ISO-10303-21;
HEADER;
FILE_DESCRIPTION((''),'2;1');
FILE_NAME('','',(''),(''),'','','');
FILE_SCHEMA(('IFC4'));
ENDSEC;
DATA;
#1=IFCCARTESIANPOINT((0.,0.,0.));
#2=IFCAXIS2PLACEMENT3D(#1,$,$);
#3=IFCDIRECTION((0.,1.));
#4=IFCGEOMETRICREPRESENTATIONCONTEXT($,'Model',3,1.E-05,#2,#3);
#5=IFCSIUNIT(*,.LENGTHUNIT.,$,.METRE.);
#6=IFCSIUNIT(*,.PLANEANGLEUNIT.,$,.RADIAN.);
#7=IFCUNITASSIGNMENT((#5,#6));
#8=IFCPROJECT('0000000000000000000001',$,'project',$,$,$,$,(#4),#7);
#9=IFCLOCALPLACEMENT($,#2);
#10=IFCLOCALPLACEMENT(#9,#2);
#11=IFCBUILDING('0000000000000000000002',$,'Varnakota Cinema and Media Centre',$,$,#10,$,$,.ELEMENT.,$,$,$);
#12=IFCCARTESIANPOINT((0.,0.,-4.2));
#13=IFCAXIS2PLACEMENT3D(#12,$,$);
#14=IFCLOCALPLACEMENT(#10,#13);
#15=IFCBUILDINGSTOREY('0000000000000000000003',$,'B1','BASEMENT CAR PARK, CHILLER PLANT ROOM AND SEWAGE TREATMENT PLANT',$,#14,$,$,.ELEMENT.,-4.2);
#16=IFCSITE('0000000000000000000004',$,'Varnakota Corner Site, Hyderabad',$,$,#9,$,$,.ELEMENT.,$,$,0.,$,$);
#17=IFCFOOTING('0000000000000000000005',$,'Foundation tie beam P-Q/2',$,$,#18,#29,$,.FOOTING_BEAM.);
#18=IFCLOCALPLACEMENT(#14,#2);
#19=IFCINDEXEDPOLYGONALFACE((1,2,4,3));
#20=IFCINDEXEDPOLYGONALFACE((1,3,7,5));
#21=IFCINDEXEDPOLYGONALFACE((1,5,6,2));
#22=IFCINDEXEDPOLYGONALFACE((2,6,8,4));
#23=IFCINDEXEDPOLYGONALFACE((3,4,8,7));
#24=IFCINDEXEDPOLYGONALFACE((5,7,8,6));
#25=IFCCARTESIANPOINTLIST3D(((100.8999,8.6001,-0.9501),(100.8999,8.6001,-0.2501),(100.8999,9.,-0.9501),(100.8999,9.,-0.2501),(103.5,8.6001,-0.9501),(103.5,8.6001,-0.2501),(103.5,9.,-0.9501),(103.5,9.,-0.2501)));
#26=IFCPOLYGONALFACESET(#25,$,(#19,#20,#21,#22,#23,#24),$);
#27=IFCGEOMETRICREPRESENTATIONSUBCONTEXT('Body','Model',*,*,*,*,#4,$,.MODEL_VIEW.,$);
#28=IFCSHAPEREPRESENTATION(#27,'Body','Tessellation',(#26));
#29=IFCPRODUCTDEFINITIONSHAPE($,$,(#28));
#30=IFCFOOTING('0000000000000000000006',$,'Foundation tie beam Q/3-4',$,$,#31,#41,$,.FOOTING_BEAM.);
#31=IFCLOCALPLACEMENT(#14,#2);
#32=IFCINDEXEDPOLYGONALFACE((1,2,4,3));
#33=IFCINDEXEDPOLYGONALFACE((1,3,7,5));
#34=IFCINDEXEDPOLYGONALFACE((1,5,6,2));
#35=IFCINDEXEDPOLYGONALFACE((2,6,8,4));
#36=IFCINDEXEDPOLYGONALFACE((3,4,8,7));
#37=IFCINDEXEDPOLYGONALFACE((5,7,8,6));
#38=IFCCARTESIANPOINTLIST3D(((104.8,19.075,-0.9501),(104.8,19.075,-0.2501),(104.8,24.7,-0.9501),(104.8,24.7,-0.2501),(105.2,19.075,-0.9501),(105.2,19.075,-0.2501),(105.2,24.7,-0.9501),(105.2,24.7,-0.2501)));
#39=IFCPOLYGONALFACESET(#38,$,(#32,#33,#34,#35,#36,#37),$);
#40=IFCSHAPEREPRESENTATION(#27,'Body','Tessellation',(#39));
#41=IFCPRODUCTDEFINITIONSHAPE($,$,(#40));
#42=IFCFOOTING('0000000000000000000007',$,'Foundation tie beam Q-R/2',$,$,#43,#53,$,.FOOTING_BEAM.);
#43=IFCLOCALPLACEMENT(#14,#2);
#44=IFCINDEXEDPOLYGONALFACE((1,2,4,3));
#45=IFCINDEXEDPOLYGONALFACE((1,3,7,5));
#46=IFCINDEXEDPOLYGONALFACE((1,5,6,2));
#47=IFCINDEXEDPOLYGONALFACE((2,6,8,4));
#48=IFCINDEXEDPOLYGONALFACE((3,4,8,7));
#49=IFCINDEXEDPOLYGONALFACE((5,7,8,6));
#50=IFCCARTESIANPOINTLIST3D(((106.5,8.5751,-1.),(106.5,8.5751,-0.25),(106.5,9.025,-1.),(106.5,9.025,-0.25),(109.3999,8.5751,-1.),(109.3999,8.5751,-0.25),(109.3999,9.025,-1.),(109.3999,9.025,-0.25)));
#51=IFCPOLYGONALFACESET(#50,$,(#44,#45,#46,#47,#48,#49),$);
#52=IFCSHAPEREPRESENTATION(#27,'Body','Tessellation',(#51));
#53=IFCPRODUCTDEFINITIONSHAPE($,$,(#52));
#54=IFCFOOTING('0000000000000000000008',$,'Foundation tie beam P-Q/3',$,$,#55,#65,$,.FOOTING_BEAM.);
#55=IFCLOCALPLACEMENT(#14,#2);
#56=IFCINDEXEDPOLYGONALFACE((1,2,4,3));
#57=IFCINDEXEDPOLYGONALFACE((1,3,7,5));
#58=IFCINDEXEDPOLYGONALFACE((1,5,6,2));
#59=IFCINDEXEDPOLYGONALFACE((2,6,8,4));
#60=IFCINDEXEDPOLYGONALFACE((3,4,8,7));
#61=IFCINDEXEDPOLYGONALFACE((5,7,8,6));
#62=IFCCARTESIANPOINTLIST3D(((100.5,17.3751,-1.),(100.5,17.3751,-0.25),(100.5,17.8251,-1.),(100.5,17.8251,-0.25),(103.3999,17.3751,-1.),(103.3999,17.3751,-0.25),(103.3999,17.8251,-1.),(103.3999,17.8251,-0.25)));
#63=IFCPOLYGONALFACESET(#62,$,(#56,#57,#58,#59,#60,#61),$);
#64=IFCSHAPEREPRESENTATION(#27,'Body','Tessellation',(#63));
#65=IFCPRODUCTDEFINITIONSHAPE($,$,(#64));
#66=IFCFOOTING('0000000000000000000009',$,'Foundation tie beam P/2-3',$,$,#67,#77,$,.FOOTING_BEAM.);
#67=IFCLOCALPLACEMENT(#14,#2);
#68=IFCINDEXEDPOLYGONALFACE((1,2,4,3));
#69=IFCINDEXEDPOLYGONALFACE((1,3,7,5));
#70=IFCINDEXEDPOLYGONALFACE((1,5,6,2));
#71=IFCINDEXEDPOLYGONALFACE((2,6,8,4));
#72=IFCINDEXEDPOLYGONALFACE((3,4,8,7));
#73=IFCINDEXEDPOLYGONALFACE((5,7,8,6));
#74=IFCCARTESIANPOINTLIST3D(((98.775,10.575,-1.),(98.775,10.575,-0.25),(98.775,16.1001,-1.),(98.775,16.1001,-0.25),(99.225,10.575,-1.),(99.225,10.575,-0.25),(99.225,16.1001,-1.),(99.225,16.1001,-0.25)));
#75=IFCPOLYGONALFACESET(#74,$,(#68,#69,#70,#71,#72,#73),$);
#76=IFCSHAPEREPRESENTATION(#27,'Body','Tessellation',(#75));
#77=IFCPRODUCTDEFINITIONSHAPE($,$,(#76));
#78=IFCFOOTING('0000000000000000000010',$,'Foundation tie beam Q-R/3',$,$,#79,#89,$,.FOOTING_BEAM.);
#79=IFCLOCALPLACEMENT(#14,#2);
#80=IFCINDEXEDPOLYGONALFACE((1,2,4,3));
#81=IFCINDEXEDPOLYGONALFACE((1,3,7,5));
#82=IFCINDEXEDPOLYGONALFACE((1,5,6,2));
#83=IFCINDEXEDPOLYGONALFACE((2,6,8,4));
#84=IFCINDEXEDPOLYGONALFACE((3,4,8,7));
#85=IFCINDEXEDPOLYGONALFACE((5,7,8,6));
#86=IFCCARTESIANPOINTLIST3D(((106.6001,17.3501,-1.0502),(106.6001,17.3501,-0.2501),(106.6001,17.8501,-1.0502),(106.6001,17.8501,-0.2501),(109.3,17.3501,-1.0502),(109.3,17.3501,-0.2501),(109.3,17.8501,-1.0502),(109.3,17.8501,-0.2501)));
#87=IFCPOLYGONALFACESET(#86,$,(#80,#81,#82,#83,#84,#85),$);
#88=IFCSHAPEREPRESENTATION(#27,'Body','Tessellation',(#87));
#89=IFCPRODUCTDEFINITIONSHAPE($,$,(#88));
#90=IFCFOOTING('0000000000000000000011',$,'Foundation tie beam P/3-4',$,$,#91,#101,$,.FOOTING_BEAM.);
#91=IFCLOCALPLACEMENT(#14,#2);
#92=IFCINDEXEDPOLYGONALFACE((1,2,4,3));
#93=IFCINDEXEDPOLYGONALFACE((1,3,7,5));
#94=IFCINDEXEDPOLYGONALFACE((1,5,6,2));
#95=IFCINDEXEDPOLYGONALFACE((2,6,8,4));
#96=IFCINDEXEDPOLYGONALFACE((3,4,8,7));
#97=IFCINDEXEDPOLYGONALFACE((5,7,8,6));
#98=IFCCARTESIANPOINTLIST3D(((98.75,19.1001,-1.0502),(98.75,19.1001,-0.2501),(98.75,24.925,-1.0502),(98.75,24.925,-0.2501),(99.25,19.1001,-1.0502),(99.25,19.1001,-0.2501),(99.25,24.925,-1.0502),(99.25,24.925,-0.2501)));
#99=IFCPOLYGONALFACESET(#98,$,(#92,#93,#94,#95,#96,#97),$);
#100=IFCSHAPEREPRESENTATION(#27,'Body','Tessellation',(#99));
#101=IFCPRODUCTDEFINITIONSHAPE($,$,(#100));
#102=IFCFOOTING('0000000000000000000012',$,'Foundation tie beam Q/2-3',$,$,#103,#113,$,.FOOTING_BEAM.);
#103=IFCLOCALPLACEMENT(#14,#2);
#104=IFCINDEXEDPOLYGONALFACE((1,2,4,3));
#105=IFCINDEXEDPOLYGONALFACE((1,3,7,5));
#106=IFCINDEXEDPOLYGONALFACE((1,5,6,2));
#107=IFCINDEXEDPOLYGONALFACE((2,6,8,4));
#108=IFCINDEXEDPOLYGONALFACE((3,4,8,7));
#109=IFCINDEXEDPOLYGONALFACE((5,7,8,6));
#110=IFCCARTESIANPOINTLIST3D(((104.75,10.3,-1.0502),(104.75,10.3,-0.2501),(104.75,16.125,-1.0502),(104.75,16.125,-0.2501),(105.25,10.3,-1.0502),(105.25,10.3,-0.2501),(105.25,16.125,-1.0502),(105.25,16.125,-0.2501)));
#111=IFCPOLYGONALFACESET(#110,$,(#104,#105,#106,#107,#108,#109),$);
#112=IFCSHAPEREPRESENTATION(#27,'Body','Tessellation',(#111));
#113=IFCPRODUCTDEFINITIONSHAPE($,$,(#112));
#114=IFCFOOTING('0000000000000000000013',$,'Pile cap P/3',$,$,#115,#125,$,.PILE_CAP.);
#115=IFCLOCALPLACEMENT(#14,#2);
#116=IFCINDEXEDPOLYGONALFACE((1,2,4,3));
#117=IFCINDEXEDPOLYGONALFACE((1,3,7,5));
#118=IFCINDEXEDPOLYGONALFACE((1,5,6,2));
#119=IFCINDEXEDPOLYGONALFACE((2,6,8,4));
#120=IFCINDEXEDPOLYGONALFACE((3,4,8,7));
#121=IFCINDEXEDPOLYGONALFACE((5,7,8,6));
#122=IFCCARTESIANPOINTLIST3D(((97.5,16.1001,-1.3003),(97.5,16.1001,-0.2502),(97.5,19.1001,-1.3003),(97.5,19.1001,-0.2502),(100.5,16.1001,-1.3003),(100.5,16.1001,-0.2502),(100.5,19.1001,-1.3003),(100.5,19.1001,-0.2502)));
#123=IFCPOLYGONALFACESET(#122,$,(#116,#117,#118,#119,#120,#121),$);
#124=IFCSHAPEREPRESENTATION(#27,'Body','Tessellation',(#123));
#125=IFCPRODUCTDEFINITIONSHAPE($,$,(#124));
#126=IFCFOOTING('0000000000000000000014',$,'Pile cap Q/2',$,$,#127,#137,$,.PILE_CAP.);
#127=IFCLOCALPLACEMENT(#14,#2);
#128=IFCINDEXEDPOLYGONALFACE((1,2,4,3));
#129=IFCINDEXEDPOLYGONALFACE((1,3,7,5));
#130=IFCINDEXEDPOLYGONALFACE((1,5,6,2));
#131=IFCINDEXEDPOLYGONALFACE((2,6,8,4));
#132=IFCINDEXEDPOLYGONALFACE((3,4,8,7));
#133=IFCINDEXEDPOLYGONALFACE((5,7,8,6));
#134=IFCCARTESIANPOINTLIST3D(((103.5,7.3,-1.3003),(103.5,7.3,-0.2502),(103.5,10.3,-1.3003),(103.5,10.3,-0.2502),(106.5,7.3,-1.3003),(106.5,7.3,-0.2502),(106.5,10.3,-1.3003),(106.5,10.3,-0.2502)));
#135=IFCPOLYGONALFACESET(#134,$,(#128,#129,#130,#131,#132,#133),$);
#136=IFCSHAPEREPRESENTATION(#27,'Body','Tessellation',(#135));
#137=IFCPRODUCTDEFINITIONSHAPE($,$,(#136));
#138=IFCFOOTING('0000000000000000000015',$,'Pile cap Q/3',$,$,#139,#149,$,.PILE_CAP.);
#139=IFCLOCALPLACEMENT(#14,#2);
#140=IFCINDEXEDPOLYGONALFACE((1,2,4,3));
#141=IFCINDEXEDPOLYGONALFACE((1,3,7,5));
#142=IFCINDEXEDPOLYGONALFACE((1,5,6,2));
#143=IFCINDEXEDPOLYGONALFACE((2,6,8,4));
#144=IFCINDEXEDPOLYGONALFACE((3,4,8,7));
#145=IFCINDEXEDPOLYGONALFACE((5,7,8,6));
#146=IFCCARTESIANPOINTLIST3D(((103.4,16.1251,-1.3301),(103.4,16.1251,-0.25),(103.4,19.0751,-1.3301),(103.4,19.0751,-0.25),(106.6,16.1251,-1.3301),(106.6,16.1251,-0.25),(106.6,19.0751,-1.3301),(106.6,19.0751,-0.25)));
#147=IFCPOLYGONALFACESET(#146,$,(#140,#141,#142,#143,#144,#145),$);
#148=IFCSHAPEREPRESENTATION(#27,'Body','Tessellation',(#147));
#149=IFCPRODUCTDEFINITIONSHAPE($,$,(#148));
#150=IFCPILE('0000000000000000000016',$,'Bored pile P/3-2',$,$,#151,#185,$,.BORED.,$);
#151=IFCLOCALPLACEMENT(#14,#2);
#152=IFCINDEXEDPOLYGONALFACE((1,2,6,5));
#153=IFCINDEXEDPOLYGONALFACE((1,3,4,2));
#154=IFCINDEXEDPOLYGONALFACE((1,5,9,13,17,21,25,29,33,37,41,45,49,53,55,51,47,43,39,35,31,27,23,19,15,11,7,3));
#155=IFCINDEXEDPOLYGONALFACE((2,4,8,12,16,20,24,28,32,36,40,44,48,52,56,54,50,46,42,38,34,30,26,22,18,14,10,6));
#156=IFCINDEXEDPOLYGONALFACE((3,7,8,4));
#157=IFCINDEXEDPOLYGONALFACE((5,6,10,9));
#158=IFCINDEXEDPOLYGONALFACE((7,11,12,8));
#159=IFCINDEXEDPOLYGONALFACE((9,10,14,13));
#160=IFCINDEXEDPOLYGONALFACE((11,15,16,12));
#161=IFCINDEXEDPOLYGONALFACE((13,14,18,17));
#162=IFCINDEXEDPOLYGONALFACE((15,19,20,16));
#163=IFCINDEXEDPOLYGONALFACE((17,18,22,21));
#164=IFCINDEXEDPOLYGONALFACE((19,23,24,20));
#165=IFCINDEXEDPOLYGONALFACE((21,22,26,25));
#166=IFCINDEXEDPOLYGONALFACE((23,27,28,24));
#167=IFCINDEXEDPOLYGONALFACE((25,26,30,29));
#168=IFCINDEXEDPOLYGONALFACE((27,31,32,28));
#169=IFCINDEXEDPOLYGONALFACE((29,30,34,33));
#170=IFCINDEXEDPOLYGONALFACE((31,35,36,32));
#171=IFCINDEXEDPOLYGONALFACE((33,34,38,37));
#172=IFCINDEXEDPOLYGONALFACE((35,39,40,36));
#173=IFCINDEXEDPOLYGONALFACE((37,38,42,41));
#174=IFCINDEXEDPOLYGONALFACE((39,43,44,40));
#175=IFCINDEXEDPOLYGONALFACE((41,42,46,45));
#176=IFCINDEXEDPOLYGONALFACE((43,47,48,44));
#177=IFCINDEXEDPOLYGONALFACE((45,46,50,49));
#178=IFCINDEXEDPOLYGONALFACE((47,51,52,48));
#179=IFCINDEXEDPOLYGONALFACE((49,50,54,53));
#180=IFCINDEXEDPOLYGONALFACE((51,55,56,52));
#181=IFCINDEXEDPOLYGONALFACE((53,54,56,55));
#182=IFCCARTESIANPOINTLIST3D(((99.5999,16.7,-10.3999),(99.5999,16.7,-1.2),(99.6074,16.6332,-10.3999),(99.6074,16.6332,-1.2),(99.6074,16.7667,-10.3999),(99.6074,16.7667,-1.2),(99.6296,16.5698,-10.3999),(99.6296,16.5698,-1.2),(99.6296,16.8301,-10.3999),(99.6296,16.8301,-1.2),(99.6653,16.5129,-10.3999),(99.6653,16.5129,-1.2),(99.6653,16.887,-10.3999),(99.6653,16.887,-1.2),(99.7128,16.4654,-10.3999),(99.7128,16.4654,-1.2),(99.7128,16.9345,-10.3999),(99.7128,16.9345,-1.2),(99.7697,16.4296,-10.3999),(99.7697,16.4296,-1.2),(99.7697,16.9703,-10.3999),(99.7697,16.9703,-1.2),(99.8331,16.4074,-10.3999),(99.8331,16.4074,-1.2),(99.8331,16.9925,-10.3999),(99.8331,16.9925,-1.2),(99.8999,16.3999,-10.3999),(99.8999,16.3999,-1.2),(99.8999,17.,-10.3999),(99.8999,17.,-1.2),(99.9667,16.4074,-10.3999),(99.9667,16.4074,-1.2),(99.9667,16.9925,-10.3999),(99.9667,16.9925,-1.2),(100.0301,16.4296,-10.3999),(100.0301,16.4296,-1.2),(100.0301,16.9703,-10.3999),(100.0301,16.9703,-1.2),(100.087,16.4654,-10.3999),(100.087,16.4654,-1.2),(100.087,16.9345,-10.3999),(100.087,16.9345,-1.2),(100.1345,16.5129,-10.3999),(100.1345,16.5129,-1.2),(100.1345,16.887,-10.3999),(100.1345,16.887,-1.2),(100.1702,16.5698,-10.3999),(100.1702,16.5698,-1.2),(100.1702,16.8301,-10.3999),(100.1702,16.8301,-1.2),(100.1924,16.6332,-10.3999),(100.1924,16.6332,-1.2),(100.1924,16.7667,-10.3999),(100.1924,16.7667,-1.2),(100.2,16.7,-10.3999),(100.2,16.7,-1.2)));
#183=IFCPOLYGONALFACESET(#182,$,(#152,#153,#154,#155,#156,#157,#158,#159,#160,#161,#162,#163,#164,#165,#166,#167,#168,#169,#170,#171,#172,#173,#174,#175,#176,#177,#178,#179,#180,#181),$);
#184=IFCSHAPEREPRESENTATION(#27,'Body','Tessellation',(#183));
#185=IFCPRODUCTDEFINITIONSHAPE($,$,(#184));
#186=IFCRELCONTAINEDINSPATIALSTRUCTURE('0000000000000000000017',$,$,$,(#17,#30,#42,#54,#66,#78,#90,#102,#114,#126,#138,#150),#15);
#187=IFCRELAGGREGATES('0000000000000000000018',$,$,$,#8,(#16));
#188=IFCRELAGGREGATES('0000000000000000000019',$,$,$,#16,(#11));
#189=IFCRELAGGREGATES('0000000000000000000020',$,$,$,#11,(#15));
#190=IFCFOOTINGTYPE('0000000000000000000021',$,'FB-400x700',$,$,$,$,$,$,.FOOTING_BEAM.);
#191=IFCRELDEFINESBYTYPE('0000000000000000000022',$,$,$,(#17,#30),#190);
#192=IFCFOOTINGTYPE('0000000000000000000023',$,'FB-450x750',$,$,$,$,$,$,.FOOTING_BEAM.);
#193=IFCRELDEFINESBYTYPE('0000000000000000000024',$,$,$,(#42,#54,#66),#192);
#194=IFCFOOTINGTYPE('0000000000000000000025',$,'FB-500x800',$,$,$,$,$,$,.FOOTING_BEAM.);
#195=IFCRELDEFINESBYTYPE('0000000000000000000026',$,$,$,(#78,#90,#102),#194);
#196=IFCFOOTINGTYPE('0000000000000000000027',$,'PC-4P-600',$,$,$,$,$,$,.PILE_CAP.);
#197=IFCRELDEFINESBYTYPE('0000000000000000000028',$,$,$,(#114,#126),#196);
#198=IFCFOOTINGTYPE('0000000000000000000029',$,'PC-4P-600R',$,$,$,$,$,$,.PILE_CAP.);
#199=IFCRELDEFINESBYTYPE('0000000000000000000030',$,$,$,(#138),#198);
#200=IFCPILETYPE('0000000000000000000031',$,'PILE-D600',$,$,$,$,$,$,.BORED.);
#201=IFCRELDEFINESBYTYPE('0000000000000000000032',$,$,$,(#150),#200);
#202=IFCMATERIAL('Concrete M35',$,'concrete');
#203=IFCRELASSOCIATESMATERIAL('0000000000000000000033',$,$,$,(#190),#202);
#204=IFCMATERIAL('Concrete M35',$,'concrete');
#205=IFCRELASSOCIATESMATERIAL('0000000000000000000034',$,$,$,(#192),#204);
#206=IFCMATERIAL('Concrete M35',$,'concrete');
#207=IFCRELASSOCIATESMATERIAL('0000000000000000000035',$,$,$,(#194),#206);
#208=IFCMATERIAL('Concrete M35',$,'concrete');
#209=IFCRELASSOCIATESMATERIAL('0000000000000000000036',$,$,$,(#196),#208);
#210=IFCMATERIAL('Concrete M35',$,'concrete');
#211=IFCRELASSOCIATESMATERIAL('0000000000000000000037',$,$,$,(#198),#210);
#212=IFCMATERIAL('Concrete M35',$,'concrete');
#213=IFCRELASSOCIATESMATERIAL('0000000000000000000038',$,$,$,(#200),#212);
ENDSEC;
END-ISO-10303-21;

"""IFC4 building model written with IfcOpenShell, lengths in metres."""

from ifc_helpers import new_model, si_unit, direction, frame, origin, origin_2d, place, context, subcontext, project, spatial, rectangle, circle, extrude, material, material_profile, profile_set, type_object, element, save


model = new_model("IFC4")

# Units and contexts
model_context = context("Model", 3, precision=1e-05, world=origin(), true_north=direction((0.0, 1.0)))
body_context = subcontext(model_context, "Body", "Model", "MODEL_VIEW")
ifc_project = project(units=[si_unit("LENGTHUNIT", "METRE"), si_unit("PLANEANGLEUNIT", "RADIAN")], contexts=[model_context])

# Site, building, storey
site_placement = place(None, origin())
site = spatial("IfcSite", under=ifc_project, at=site_placement, Name="Varnakota Corner Site, Hyderabad", CompositionType="ELEMENT", RefElevation=0.0)
building_placement = place(site_placement, origin())
building = spatial("IfcBuilding", under=site, at=building_placement, Name="Varnakota Cinema and Media Centre", CompositionType="ELEMENT")
storey_placement = place(building_placement, frame((0.0, 0.0, -4.2)))
storey = spatial("IfcBuildingStorey", under=building, at=storey_placement, Name="B1", Description="BASEMENT CAR PARK, CHILLER PLANT ROOM AND SEWAGE TREATMENT PLANT", CompositionType="ELEMENT", Elevation=-4.2)

# Footings
ifc_material_1 = material(Name="Concrete M35", Category="concrete")
ifc_material_profile_1 = material_profile(ifc_material_1, rectangle(XDim=0.3999, YDim=0.7, at=origin_2d()), Name="FB 400x700")
ifc_profile_set_1 = profile_set([ifc_material_profile_1], Name="Concrete M35")
footing_type_1 = type_object("IfcFootingType", Name="FB-400x700", PredefinedType="FOOTING_BEAM", material=ifc_profile_set_1)
footing_1_placement = place(storey_placement, frame((100.8999, 8.8, -0.6001), z_axis=(1.0, 0.0, 0.0), x_axis=(0.0, 1.0, 0.0)))
element("IfcFooting", 1, at=footing_1_placement, inside=storey, type_object=footing_type_1, Name="Foundation tie beam P-Q/2", PredefinedType="FOOTING_BEAM", context=body_context, shape_type="SweptSolid", body=[
    extrude(rectangle(XDim=0.3999, YDim=0.7, at=origin_2d()), origin(), (0.0, 0.0, 1.0), 2.6001),
])
footing_2_placement = place(storey_placement, frame((105.0, 19.075, -0.6001), z_axis=(0.0, 1.0, 0.0), x_axis=(-1.0, 0.0, 0.0)))
element("IfcFooting", 2, at=footing_2_placement, inside=storey, type_object=footing_type_1, Name="Foundation tie beam Q/3-4", PredefinedType="FOOTING_BEAM", context=body_context, shape_type="SweptSolid", body=[
    extrude(rectangle(XDim=0.3999, YDim=0.7, at=origin_2d()), origin(), (0.0, 0.0, 1.0), 5.625),
])
ifc_material_2 = material(Name="Concrete M35", Category="concrete")
ifc_material_profile_2 = material_profile(ifc_material_2, rectangle(XDim=0.45, YDim=0.75, at=origin_2d()), Name="FB 450x750")
ifc_profile_set_2 = profile_set([ifc_material_profile_2], Name="Concrete M35")
footing_type_2 = type_object("IfcFootingType", Name="FB-450x750", PredefinedType="FOOTING_BEAM", material=ifc_profile_set_2)
for number, where, z_axis, x_axis, name in (
    (3, (106.5, 8.8, -0.625), (1.0, 0.0, 0.0), (0.0, 1.0, 0.0), "Foundation tie beam Q-R/2"),
    (4, (100.5, 17.6001, -0.625), (1.0, 0.0, 0.0), (0.0, 1.0, 0.0), "Foundation tie beam P-Q/3"),
):
    element("IfcFooting", number, at=place(storey_placement, frame(where, z_axis=z_axis, x_axis=x_axis)), inside=storey, type_object=footing_type_2, Name=name, PredefinedType="FOOTING_BEAM", context=body_context, shape_type="SweptSolid", body=[
        extrude(rectangle(XDim=0.45, YDim=0.75, at=origin_2d()), origin(), (0.0, 0.0, 1.0), 2.8999),
    ])
footing_3_placement = place(storey_placement, frame((99.0, 10.575, -0.625), z_axis=(0.0, 1.0, 0.0), x_axis=(-1.0, 0.0, 0.0)))
element("IfcFooting", 5, at=footing_3_placement, inside=storey, type_object=footing_type_2, Name="Foundation tie beam P/2-3", PredefinedType="FOOTING_BEAM", context=body_context, shape_type="SweptSolid", body=[
    extrude(rectangle(XDim=0.45, YDim=0.75, at=origin_2d()), origin(), (0.0, 0.0, 1.0), 5.5251),
])
ifc_material_3 = material(Name="Concrete M35", Category="concrete")
ifc_material_profile_3 = material_profile(ifc_material_3, rectangle(XDim=0.5, YDim=0.8, at=origin_2d()), Name="FB 500x800")
ifc_profile_set_3 = profile_set([ifc_material_profile_3], Name="Concrete M35")
footing_type_3 = type_object("IfcFootingType", Name="FB-500x800", PredefinedType="FOOTING_BEAM", material=ifc_profile_set_3)
footing_4_placement = place(storey_placement, frame((106.6001, 17.6001, -0.6501), z_axis=(1.0, 0.0, 0.0), x_axis=(0.0, 1.0, 0.0)))
element("IfcFooting", 6, at=footing_4_placement, inside=storey, type_object=footing_type_3, Name="Foundation tie beam Q-R/3", PredefinedType="FOOTING_BEAM", context=body_context, shape_type="SweptSolid", body=[
    extrude(rectangle(XDim=0.5, YDim=0.8, at=origin_2d()), origin(), (0.0, 0.0, 1.0), 2.7),
])
for number, where, z_axis, x_axis, name in (
    (7, (99.0, 19.1001, -0.6501), (0.0, 1.0, 0.0), (-1.0, 0.0, 0.0), "Foundation tie beam P/3-4"),
    (8, (105.0, 10.3, -0.6501), (0.0, 1.0, 0.0), (-1.0, 0.0, 0.0), "Foundation tie beam Q/2-3"),
):
    element("IfcFooting", number, at=place(storey_placement, frame(where, z_axis=z_axis, x_axis=x_axis)), inside=storey, type_object=footing_type_3, Name=name, PredefinedType="FOOTING_BEAM", context=body_context, shape_type="SweptSolid", body=[
        extrude(rectangle(XDim=0.5, YDim=0.8, at=origin_2d()), origin(), (0.0, 0.0, 1.0), 5.825),
    ])
ifc_material_4 = material(Name="Concrete M35", Category="concrete")
footing_type_4 = type_object("IfcFootingType", Name="PC-4P-600", PredefinedType="PILE_CAP", material=ifc_material_4)
for number, where, z_axis, x_axis, name in (
    (9, (99.0, 17.6001, -1.3003), (0.0, 0.0, 1.0), (1.0, 0.0, 0.0), "Pile cap P/3"),
    (10, (105.0, 8.8, -1.3003), (0.0, 0.0, 1.0), (1.0, 0.0, 0.0), "Pile cap Q/2"),
):
    element("IfcFooting", number, at=place(storey_placement, frame(where, z_axis=z_axis, x_axis=x_axis)), inside=storey, type_object=footing_type_4, Name=name, PredefinedType="PILE_CAP", context=body_context, shape_type="SweptSolid", body=[
        extrude(rectangle(XDim=3.0, YDim=3.0, at=origin_2d()), origin(), (0.0, 0.0, 1.0), 1.05),
    ])
ifc_material_5 = material(Name="Concrete M35", Category="concrete")
footing_type_5 = type_object("IfcFootingType", Name="PC-4P-600R", PredefinedType="PILE_CAP", material=ifc_material_5)
footing_5_placement = place(storey_placement, frame((105.0, 17.6001, -1.3301), z_axis=(0.0, 0.0, 1.0), x_axis=(1.0, 0.0, 0.0)))
element("IfcFooting", 11, at=footing_5_placement, inside=storey, type_object=footing_type_5, Name="Pile cap Q/3", PredefinedType="PILE_CAP", context=body_context, shape_type="SweptSolid", body=[
    extrude(rectangle(XDim=3.2, YDim=2.95, at=origin_2d()), origin(), (0.0, 0.0, 1.0), 1.0801),
])

# Pile
ifc_material_6 = material(Name="Concrete M35", Category="concrete")
ifc_material_profile_4 = material_profile(ifc_material_6, circle(Radius=0.3, at=origin_2d()), Name="PILE D600")
ifc_profile_set_4 = profile_set([ifc_material_profile_4], Name="Concrete M35")
pile_type_1 = type_object("IfcPileType", Name="PILE-D600", PredefinedType="BORED", material=ifc_profile_set_4)
for number, where, z_axis, x_axis, name in (
    (12, (99.8999, 16.7, -1.2), (0.0, 0.0, -1.0), (1.0, 0.0, 0.0), "Bored pile P/3-2"),
):
    element("IfcPile", number, at=place(storey_placement, frame(where, z_axis=z_axis, x_axis=x_axis)), inside=storey, type_object=pile_type_1, Name=name, PredefinedType="BORED", context=body_context, shape_type="SweptSolid", body=[
        extrude(circle(Radius=0.3, at=origin_2d()), origin(), (0.0, 0.0, 1.0), 9.2),
    ])

save(model, "model.ifc")
